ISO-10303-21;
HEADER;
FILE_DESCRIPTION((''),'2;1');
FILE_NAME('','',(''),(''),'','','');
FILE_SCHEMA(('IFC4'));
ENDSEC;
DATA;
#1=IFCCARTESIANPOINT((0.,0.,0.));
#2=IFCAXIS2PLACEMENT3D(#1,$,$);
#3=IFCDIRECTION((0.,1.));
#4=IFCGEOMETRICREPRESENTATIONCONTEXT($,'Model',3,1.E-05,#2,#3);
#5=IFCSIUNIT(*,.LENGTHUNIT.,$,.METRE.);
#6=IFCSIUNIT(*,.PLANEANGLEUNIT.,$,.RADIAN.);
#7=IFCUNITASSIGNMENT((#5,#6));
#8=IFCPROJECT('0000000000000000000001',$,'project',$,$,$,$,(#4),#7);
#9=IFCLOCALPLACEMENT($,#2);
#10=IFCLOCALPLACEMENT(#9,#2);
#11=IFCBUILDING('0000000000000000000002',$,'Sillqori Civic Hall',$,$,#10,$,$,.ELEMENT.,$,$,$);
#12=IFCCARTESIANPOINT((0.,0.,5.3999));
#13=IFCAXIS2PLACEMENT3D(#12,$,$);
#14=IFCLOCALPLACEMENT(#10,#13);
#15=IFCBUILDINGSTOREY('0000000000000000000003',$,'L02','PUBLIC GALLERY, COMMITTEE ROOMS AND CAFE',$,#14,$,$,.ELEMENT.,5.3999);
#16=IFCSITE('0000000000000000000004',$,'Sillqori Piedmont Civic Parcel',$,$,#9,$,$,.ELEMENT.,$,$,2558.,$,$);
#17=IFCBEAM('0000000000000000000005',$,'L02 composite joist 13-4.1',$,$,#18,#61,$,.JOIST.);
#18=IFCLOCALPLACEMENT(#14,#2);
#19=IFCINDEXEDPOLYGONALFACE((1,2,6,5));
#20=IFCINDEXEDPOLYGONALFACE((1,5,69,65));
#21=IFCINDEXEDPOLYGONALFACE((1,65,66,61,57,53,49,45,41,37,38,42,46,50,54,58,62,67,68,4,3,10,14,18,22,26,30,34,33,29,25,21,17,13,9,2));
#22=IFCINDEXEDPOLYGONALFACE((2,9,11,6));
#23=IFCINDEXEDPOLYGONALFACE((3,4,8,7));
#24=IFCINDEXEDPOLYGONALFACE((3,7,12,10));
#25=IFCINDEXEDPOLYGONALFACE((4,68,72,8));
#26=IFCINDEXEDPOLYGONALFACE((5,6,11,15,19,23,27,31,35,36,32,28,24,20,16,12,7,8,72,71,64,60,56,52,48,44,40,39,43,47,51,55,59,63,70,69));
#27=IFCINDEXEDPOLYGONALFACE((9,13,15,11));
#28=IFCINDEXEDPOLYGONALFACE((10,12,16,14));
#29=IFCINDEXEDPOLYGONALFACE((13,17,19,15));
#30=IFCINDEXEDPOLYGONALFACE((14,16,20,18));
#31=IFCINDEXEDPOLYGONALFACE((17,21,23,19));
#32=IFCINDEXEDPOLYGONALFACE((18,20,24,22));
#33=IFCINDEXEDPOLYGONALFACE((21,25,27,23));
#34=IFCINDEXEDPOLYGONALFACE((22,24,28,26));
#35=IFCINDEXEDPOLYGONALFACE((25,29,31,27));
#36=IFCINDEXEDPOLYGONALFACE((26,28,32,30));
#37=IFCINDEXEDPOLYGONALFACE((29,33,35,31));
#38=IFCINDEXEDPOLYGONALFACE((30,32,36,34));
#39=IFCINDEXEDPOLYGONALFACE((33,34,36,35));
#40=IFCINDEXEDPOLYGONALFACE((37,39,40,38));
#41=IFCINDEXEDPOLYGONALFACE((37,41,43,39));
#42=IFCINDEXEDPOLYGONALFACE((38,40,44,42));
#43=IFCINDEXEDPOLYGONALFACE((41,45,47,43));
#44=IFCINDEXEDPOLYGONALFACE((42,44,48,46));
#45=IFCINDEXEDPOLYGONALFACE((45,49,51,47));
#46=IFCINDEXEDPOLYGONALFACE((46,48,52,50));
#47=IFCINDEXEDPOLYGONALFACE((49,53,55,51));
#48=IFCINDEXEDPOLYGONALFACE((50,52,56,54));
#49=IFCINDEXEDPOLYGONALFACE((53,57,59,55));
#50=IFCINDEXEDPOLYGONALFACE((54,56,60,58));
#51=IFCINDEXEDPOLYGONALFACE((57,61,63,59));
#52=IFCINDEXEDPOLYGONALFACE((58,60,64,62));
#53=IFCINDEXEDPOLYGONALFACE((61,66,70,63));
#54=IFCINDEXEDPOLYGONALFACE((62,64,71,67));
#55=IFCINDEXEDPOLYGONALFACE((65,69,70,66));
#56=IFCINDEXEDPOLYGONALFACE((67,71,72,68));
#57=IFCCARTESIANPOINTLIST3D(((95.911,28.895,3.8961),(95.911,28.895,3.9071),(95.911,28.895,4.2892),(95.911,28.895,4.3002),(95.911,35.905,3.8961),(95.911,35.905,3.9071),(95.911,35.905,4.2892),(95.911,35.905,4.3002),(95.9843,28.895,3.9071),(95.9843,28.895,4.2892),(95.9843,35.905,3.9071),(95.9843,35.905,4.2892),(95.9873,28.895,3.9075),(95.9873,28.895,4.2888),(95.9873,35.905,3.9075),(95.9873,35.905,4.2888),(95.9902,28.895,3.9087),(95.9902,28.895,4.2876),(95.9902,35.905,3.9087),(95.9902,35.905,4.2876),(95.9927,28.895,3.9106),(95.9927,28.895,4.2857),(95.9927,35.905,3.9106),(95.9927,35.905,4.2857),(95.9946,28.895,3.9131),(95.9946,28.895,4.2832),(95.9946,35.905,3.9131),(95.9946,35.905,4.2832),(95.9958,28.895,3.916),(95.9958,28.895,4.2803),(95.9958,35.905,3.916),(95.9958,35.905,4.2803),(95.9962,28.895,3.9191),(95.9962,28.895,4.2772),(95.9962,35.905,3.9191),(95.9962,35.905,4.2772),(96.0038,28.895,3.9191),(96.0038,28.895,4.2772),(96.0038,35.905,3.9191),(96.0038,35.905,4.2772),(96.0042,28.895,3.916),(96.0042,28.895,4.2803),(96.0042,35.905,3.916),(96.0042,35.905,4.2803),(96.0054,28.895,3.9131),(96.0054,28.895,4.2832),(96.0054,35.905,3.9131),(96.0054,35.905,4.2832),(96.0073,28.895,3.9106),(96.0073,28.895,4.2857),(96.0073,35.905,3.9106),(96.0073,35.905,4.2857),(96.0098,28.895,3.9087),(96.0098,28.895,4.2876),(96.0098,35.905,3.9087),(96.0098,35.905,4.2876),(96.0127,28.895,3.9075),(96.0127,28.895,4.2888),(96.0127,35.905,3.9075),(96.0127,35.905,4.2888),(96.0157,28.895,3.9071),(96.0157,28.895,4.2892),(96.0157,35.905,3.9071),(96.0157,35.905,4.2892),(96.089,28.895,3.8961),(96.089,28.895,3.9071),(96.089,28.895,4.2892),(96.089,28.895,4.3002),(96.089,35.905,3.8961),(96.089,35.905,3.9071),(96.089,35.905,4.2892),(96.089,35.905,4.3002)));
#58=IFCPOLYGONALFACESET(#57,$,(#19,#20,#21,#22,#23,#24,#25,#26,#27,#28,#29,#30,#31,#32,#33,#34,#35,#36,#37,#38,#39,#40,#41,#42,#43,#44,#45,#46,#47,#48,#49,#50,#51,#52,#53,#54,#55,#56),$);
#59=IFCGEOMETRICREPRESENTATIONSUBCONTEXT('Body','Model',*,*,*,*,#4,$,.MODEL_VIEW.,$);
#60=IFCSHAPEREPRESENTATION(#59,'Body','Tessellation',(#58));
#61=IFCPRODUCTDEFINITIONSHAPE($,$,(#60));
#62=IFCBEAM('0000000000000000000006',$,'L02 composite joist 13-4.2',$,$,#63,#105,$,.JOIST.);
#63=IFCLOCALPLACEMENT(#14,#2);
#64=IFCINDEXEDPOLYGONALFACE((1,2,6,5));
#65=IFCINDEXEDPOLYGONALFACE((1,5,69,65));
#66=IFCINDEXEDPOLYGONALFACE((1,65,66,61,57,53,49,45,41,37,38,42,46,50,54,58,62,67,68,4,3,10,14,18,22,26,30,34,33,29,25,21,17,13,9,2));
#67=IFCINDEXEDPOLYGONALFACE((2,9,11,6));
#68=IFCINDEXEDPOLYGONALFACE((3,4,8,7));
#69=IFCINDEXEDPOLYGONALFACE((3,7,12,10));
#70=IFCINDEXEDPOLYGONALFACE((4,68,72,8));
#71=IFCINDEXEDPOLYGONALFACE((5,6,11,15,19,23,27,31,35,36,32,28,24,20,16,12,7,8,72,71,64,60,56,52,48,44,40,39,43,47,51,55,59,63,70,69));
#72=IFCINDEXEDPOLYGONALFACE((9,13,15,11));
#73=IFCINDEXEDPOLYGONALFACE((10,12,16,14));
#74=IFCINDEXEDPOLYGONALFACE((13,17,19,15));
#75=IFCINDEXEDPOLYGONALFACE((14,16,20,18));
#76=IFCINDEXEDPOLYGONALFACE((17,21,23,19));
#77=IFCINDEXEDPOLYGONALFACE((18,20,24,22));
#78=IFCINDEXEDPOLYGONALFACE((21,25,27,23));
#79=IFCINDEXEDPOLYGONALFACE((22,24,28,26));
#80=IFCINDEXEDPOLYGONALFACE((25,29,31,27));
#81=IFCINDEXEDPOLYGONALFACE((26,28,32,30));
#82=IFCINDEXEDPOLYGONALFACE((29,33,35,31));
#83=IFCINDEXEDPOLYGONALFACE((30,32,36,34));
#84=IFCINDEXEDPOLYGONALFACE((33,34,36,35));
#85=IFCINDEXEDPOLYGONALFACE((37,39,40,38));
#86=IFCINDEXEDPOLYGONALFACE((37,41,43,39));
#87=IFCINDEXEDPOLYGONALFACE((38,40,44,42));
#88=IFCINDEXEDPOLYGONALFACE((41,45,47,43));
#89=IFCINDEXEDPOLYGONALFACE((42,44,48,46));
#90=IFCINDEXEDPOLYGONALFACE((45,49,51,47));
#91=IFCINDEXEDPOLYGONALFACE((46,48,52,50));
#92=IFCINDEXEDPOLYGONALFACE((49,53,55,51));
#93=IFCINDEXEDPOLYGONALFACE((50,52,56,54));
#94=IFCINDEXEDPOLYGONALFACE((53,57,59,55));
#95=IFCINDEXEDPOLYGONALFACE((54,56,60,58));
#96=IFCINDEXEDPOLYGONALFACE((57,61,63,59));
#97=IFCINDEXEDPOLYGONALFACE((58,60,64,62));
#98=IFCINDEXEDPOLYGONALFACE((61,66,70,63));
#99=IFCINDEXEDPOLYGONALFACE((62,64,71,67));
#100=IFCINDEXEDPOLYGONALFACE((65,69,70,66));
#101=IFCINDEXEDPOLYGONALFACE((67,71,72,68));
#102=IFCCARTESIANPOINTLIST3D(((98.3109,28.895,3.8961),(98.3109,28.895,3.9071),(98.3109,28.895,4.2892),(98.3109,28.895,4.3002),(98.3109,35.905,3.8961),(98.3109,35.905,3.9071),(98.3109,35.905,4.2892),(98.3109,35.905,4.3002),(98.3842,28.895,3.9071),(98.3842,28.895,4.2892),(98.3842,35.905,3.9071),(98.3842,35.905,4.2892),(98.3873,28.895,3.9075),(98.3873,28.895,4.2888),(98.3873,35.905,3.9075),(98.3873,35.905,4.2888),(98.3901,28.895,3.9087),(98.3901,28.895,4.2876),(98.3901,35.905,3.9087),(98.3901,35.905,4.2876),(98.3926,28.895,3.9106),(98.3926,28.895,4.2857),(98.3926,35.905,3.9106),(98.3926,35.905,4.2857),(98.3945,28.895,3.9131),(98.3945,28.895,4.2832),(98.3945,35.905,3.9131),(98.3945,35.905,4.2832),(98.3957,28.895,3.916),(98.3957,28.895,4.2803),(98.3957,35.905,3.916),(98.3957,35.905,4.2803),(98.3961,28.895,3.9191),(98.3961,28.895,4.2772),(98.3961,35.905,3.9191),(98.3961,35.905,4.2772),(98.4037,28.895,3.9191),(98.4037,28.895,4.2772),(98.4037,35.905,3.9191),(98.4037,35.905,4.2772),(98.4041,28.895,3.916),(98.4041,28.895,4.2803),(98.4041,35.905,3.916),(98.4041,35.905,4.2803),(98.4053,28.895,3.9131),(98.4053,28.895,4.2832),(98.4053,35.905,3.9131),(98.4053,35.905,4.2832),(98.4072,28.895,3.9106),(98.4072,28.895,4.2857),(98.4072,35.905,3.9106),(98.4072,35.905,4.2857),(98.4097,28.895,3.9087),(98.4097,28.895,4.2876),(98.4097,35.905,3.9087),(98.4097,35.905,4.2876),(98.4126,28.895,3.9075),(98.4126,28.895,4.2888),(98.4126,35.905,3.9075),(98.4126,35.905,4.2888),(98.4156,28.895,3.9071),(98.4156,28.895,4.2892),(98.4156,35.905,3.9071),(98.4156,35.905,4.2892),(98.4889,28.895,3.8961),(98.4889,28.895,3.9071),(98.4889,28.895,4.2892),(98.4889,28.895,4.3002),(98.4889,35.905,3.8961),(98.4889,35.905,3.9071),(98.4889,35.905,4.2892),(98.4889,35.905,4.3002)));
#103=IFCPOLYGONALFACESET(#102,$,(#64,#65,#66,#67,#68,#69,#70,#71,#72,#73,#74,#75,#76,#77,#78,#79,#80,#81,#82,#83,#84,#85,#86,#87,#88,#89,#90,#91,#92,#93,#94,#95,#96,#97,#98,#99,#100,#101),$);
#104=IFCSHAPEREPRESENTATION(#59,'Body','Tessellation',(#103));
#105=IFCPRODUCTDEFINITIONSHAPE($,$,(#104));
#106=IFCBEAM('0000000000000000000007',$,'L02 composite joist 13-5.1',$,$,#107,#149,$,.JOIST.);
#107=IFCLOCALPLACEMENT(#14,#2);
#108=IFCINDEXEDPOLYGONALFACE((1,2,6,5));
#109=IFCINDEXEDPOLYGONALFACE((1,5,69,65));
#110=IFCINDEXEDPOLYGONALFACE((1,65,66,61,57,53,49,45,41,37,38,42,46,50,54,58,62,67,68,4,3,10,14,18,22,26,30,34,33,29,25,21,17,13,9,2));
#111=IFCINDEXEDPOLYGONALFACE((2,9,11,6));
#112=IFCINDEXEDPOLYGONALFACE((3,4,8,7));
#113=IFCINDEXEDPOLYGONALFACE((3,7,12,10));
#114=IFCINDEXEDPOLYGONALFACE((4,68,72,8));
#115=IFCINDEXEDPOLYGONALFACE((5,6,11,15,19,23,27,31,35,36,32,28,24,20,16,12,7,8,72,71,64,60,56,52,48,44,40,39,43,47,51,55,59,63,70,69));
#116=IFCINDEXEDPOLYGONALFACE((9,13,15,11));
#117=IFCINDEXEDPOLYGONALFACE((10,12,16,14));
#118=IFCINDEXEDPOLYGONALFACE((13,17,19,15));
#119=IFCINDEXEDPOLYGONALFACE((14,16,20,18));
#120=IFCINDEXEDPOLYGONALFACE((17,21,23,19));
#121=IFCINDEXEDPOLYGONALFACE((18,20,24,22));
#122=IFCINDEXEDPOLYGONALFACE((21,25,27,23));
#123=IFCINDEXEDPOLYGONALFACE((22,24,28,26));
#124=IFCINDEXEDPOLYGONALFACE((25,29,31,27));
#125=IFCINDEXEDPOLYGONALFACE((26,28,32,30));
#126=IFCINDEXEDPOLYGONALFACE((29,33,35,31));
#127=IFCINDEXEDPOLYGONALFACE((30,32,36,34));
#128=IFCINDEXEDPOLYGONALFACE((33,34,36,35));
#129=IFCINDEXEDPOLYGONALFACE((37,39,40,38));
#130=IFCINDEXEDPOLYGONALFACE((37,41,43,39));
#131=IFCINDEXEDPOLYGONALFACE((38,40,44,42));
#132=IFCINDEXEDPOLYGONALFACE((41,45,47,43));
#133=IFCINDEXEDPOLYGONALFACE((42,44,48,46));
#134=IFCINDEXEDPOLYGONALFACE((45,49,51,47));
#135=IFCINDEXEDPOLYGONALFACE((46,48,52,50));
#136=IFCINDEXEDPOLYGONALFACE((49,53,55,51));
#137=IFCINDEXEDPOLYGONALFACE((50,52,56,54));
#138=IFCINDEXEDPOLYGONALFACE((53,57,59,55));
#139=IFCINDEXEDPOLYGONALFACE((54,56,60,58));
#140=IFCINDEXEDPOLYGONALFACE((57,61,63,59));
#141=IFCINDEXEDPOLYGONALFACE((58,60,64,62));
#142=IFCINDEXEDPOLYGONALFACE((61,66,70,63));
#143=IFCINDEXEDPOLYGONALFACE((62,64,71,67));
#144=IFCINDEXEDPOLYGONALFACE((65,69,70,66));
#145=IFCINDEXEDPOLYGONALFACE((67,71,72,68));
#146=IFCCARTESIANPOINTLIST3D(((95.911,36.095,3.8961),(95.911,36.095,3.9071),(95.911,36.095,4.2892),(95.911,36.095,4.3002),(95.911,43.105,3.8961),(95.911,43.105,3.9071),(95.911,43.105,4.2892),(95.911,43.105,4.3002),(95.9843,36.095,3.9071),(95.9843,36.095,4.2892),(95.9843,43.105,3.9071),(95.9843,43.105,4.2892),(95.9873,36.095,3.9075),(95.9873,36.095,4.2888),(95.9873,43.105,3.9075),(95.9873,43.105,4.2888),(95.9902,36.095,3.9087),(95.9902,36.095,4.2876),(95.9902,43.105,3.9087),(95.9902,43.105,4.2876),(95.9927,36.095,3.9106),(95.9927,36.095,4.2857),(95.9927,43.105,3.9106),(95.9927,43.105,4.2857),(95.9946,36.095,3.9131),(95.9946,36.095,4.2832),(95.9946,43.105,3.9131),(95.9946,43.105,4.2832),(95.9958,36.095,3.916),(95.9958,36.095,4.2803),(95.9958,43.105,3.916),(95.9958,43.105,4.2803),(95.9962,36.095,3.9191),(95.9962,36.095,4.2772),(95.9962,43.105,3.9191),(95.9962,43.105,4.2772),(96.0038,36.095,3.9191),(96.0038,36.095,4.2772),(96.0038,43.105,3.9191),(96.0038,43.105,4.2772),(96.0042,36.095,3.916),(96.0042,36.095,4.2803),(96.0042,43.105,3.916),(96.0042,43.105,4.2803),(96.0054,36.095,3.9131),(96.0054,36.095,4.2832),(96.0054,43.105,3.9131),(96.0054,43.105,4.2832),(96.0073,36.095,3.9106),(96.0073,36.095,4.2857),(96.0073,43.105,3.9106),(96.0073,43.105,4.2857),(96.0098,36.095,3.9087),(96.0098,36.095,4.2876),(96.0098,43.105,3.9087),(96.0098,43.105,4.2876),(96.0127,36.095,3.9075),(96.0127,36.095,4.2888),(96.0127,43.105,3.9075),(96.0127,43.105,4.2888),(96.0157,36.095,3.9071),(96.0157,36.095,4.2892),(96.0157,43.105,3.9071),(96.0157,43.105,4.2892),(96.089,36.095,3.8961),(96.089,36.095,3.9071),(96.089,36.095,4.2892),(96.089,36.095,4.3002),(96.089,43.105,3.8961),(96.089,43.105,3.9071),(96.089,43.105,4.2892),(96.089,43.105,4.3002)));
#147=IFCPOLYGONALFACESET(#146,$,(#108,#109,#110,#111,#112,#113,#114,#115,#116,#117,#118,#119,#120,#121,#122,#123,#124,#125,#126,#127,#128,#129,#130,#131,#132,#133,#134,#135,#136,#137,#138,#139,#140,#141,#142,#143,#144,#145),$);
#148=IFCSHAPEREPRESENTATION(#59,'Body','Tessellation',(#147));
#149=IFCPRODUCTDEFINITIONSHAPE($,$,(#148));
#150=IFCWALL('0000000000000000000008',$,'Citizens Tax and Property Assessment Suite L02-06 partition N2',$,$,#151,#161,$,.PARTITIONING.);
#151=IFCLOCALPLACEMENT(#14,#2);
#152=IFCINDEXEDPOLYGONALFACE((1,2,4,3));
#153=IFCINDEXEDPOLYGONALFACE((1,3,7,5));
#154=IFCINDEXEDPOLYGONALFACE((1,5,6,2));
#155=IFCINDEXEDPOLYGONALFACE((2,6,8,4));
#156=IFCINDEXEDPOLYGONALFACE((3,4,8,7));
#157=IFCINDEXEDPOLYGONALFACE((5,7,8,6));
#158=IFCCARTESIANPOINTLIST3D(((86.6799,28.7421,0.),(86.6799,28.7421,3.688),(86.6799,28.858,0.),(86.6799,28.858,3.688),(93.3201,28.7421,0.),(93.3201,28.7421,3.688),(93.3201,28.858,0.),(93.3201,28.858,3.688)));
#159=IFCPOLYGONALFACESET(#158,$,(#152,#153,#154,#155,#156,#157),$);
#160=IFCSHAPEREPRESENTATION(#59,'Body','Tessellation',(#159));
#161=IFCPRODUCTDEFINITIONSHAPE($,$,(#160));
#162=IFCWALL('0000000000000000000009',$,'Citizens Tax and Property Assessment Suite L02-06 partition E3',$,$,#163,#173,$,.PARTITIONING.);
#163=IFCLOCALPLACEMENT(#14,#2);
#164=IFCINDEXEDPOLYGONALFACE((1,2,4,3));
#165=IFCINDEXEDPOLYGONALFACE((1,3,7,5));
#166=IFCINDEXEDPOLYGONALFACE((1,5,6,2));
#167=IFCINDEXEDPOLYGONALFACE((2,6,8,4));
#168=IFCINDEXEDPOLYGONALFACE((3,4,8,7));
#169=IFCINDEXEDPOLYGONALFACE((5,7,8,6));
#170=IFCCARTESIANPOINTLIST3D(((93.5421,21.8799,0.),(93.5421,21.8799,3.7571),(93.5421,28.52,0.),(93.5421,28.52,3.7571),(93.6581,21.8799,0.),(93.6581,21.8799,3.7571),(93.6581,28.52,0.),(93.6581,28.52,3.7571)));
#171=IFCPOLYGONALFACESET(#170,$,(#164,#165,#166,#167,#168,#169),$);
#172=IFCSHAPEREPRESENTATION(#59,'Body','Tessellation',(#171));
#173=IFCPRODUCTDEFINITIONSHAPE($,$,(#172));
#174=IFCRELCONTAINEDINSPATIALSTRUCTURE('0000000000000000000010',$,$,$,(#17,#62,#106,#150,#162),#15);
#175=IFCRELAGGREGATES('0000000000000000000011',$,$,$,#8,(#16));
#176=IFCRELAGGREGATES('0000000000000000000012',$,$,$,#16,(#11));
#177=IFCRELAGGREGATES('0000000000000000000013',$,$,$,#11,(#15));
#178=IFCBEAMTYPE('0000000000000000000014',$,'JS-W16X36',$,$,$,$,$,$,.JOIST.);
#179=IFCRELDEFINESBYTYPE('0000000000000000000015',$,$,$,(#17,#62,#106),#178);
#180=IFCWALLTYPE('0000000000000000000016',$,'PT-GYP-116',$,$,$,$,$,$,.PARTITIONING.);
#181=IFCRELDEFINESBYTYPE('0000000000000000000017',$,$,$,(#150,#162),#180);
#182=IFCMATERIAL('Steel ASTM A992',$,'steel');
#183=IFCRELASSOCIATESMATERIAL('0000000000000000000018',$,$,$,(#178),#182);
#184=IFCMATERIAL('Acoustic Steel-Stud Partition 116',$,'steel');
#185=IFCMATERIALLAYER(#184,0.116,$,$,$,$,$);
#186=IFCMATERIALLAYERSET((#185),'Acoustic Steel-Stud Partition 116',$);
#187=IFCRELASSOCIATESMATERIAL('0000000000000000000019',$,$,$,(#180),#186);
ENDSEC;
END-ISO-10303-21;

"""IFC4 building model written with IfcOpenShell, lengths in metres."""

from ifc_helpers import new_model, si_unit, direction, frame, frame_2d, origin, origin_2d, place, context, subcontext, project, spatial, rectangle, i_section, extrude, material, layer, layer_set, material_profile, profile_set, type_object, element, save


model = new_model("IFC4")

# Units and contexts
model_context = context("Model", 3, precision=1e-05, world=origin(), true_north=direction((0.0, 1.0)))
body_context = subcontext(model_context, "Body", "Model", "MODEL_VIEW")
ifc_project = project(units=[si_unit("LENGTHUNIT", "METRE"), si_unit("PLANEANGLEUNIT", "RADIAN")], contexts=[model_context])

# Site, building, storey
site_placement = place(None, origin())
site = spatial("IfcSite", under=ifc_project, at=site_placement, Name="Sillqori Piedmont Civic Parcel", CompositionType="ELEMENT", RefElevation=2558.0)
building_placement = place(site_placement, origin())
building = spatial("IfcBuilding", under=site, at=building_placement, Name="Sillqori Civic Hall", CompositionType="ELEMENT")
storey_placement = place(building_placement, frame((0.0, 0.0, 5.3999)))
storey = spatial("IfcBuildingStorey", under=building, at=storey_placement, Name="L02", Description="PUBLIC GALLERY, COMMITTEE ROOMS AND CAFE", CompositionType="ELEMENT", Elevation=5.3999)

# Shared definitions
ifc_material_1 = material(Name="Steel ASTM A992", Category="steel")

# Beams
ifc_material_profile_1 = material_profile(ifc_material_1, i_section(OverallWidth=0.178, OverallDepth=0.4041, WebThickness=0.0076, FlangeThickness=0.011, FilletRadius=0.012, at=origin_2d()), Name="W16X36")
ifc_profile_set_1 = profile_set([ifc_material_profile_1], Name="Steel ASTM A992")
beam_type_1 = type_object("IfcBeamType", Name="JS-W16X36", PredefinedType="JOIST", material=ifc_profile_set_1)
for number, where, z_axis, x_axis, name in (
    (1, (96.0, 28.895, 4.0981), (0.0, 1.0, 0.0), (-1.0, 0.0, 0.0), "L02 composite joist 13-4.1"),
    (2, (98.3999, 28.895, 4.0981), (0.0, 1.0, 0.0), (-1.0, 0.0, 0.0), "L02 composite joist 13-4.2"),
    (3, (96.0, 36.095, 4.0981), (0.0, 1.0, 0.0), (-1.0, 0.0, 0.0), "L02 composite joist 13-5.1"),
):
    element("IfcBeam", number, at=place(storey_placement, frame(where, z_axis=z_axis, x_axis=x_axis)), inside=storey, type_object=beam_type_1, Name=name, PredefinedType="JOIST", context=body_context, shape_type="SweptSolid", body=[
        extrude(i_section(OverallWidth=0.178, OverallDepth=0.4041, WebThickness=0.0076, FlangeThickness=0.011, FilletRadius=0.012, at=origin_2d()), origin(), (0.0, 0.0, 1.0), 7.01),
    ])

# Walls
ifc_material_2 = material(Name="Acoustic Steel-Stud Partition 116", Category="steel")
ifc_layer_1 = layer(ifc_material_2, 0.116)
ifc_layer_set_1 = layer_set([ifc_layer_1], Name="Acoustic Steel-Stud Partition 116")
wall_type_1 = type_object("IfcWallType", Name="PT-GYP-116", PredefinedType="PARTITIONING", material=ifc_layer_set_1)
wall_1_placement = place(storey_placement, frame((86.6799, 28.8, 0.0), z_axis=(0.0, 0.0, 1.0), x_axis=(1.0, 0.0, 0.0)))
element("IfcWall", 4, at=wall_1_placement, inside=storey, type_object=wall_type_1, Name="Citizens Tax and Property Assessment Suite L02-06 partition N2", PredefinedType="PARTITIONING", context=body_context, shape_type="SweptSolid", body=[
    extrude(rectangle(XDim=6.6401, YDim=0.116, at=frame_2d((3.3201, 0.0))), origin(), (0.0, 0.0, 1.0), 3.688),
])
wall_2_placement = place(storey_placement, frame((93.6001, 28.52, 0.0), z_axis=(0.0, 0.0, 1.0), x_axis=(0.0, -1.0, 0.0)))
element("IfcWall", 5, at=wall_2_placement, inside=storey, type_object=wall_type_1, Name="Citizens Tax and Property Assessment Suite L02-06 partition E3", PredefinedType="PARTITIONING", context=body_context, shape_type="SweptSolid", body=[
    extrude(rectangle(XDim=6.6401, YDim=0.116, at=frame_2d((3.3201, 0.0))), origin(), (0.0, 0.0, 1.0), 3.7571),
])

save(model, "model.ifc")
